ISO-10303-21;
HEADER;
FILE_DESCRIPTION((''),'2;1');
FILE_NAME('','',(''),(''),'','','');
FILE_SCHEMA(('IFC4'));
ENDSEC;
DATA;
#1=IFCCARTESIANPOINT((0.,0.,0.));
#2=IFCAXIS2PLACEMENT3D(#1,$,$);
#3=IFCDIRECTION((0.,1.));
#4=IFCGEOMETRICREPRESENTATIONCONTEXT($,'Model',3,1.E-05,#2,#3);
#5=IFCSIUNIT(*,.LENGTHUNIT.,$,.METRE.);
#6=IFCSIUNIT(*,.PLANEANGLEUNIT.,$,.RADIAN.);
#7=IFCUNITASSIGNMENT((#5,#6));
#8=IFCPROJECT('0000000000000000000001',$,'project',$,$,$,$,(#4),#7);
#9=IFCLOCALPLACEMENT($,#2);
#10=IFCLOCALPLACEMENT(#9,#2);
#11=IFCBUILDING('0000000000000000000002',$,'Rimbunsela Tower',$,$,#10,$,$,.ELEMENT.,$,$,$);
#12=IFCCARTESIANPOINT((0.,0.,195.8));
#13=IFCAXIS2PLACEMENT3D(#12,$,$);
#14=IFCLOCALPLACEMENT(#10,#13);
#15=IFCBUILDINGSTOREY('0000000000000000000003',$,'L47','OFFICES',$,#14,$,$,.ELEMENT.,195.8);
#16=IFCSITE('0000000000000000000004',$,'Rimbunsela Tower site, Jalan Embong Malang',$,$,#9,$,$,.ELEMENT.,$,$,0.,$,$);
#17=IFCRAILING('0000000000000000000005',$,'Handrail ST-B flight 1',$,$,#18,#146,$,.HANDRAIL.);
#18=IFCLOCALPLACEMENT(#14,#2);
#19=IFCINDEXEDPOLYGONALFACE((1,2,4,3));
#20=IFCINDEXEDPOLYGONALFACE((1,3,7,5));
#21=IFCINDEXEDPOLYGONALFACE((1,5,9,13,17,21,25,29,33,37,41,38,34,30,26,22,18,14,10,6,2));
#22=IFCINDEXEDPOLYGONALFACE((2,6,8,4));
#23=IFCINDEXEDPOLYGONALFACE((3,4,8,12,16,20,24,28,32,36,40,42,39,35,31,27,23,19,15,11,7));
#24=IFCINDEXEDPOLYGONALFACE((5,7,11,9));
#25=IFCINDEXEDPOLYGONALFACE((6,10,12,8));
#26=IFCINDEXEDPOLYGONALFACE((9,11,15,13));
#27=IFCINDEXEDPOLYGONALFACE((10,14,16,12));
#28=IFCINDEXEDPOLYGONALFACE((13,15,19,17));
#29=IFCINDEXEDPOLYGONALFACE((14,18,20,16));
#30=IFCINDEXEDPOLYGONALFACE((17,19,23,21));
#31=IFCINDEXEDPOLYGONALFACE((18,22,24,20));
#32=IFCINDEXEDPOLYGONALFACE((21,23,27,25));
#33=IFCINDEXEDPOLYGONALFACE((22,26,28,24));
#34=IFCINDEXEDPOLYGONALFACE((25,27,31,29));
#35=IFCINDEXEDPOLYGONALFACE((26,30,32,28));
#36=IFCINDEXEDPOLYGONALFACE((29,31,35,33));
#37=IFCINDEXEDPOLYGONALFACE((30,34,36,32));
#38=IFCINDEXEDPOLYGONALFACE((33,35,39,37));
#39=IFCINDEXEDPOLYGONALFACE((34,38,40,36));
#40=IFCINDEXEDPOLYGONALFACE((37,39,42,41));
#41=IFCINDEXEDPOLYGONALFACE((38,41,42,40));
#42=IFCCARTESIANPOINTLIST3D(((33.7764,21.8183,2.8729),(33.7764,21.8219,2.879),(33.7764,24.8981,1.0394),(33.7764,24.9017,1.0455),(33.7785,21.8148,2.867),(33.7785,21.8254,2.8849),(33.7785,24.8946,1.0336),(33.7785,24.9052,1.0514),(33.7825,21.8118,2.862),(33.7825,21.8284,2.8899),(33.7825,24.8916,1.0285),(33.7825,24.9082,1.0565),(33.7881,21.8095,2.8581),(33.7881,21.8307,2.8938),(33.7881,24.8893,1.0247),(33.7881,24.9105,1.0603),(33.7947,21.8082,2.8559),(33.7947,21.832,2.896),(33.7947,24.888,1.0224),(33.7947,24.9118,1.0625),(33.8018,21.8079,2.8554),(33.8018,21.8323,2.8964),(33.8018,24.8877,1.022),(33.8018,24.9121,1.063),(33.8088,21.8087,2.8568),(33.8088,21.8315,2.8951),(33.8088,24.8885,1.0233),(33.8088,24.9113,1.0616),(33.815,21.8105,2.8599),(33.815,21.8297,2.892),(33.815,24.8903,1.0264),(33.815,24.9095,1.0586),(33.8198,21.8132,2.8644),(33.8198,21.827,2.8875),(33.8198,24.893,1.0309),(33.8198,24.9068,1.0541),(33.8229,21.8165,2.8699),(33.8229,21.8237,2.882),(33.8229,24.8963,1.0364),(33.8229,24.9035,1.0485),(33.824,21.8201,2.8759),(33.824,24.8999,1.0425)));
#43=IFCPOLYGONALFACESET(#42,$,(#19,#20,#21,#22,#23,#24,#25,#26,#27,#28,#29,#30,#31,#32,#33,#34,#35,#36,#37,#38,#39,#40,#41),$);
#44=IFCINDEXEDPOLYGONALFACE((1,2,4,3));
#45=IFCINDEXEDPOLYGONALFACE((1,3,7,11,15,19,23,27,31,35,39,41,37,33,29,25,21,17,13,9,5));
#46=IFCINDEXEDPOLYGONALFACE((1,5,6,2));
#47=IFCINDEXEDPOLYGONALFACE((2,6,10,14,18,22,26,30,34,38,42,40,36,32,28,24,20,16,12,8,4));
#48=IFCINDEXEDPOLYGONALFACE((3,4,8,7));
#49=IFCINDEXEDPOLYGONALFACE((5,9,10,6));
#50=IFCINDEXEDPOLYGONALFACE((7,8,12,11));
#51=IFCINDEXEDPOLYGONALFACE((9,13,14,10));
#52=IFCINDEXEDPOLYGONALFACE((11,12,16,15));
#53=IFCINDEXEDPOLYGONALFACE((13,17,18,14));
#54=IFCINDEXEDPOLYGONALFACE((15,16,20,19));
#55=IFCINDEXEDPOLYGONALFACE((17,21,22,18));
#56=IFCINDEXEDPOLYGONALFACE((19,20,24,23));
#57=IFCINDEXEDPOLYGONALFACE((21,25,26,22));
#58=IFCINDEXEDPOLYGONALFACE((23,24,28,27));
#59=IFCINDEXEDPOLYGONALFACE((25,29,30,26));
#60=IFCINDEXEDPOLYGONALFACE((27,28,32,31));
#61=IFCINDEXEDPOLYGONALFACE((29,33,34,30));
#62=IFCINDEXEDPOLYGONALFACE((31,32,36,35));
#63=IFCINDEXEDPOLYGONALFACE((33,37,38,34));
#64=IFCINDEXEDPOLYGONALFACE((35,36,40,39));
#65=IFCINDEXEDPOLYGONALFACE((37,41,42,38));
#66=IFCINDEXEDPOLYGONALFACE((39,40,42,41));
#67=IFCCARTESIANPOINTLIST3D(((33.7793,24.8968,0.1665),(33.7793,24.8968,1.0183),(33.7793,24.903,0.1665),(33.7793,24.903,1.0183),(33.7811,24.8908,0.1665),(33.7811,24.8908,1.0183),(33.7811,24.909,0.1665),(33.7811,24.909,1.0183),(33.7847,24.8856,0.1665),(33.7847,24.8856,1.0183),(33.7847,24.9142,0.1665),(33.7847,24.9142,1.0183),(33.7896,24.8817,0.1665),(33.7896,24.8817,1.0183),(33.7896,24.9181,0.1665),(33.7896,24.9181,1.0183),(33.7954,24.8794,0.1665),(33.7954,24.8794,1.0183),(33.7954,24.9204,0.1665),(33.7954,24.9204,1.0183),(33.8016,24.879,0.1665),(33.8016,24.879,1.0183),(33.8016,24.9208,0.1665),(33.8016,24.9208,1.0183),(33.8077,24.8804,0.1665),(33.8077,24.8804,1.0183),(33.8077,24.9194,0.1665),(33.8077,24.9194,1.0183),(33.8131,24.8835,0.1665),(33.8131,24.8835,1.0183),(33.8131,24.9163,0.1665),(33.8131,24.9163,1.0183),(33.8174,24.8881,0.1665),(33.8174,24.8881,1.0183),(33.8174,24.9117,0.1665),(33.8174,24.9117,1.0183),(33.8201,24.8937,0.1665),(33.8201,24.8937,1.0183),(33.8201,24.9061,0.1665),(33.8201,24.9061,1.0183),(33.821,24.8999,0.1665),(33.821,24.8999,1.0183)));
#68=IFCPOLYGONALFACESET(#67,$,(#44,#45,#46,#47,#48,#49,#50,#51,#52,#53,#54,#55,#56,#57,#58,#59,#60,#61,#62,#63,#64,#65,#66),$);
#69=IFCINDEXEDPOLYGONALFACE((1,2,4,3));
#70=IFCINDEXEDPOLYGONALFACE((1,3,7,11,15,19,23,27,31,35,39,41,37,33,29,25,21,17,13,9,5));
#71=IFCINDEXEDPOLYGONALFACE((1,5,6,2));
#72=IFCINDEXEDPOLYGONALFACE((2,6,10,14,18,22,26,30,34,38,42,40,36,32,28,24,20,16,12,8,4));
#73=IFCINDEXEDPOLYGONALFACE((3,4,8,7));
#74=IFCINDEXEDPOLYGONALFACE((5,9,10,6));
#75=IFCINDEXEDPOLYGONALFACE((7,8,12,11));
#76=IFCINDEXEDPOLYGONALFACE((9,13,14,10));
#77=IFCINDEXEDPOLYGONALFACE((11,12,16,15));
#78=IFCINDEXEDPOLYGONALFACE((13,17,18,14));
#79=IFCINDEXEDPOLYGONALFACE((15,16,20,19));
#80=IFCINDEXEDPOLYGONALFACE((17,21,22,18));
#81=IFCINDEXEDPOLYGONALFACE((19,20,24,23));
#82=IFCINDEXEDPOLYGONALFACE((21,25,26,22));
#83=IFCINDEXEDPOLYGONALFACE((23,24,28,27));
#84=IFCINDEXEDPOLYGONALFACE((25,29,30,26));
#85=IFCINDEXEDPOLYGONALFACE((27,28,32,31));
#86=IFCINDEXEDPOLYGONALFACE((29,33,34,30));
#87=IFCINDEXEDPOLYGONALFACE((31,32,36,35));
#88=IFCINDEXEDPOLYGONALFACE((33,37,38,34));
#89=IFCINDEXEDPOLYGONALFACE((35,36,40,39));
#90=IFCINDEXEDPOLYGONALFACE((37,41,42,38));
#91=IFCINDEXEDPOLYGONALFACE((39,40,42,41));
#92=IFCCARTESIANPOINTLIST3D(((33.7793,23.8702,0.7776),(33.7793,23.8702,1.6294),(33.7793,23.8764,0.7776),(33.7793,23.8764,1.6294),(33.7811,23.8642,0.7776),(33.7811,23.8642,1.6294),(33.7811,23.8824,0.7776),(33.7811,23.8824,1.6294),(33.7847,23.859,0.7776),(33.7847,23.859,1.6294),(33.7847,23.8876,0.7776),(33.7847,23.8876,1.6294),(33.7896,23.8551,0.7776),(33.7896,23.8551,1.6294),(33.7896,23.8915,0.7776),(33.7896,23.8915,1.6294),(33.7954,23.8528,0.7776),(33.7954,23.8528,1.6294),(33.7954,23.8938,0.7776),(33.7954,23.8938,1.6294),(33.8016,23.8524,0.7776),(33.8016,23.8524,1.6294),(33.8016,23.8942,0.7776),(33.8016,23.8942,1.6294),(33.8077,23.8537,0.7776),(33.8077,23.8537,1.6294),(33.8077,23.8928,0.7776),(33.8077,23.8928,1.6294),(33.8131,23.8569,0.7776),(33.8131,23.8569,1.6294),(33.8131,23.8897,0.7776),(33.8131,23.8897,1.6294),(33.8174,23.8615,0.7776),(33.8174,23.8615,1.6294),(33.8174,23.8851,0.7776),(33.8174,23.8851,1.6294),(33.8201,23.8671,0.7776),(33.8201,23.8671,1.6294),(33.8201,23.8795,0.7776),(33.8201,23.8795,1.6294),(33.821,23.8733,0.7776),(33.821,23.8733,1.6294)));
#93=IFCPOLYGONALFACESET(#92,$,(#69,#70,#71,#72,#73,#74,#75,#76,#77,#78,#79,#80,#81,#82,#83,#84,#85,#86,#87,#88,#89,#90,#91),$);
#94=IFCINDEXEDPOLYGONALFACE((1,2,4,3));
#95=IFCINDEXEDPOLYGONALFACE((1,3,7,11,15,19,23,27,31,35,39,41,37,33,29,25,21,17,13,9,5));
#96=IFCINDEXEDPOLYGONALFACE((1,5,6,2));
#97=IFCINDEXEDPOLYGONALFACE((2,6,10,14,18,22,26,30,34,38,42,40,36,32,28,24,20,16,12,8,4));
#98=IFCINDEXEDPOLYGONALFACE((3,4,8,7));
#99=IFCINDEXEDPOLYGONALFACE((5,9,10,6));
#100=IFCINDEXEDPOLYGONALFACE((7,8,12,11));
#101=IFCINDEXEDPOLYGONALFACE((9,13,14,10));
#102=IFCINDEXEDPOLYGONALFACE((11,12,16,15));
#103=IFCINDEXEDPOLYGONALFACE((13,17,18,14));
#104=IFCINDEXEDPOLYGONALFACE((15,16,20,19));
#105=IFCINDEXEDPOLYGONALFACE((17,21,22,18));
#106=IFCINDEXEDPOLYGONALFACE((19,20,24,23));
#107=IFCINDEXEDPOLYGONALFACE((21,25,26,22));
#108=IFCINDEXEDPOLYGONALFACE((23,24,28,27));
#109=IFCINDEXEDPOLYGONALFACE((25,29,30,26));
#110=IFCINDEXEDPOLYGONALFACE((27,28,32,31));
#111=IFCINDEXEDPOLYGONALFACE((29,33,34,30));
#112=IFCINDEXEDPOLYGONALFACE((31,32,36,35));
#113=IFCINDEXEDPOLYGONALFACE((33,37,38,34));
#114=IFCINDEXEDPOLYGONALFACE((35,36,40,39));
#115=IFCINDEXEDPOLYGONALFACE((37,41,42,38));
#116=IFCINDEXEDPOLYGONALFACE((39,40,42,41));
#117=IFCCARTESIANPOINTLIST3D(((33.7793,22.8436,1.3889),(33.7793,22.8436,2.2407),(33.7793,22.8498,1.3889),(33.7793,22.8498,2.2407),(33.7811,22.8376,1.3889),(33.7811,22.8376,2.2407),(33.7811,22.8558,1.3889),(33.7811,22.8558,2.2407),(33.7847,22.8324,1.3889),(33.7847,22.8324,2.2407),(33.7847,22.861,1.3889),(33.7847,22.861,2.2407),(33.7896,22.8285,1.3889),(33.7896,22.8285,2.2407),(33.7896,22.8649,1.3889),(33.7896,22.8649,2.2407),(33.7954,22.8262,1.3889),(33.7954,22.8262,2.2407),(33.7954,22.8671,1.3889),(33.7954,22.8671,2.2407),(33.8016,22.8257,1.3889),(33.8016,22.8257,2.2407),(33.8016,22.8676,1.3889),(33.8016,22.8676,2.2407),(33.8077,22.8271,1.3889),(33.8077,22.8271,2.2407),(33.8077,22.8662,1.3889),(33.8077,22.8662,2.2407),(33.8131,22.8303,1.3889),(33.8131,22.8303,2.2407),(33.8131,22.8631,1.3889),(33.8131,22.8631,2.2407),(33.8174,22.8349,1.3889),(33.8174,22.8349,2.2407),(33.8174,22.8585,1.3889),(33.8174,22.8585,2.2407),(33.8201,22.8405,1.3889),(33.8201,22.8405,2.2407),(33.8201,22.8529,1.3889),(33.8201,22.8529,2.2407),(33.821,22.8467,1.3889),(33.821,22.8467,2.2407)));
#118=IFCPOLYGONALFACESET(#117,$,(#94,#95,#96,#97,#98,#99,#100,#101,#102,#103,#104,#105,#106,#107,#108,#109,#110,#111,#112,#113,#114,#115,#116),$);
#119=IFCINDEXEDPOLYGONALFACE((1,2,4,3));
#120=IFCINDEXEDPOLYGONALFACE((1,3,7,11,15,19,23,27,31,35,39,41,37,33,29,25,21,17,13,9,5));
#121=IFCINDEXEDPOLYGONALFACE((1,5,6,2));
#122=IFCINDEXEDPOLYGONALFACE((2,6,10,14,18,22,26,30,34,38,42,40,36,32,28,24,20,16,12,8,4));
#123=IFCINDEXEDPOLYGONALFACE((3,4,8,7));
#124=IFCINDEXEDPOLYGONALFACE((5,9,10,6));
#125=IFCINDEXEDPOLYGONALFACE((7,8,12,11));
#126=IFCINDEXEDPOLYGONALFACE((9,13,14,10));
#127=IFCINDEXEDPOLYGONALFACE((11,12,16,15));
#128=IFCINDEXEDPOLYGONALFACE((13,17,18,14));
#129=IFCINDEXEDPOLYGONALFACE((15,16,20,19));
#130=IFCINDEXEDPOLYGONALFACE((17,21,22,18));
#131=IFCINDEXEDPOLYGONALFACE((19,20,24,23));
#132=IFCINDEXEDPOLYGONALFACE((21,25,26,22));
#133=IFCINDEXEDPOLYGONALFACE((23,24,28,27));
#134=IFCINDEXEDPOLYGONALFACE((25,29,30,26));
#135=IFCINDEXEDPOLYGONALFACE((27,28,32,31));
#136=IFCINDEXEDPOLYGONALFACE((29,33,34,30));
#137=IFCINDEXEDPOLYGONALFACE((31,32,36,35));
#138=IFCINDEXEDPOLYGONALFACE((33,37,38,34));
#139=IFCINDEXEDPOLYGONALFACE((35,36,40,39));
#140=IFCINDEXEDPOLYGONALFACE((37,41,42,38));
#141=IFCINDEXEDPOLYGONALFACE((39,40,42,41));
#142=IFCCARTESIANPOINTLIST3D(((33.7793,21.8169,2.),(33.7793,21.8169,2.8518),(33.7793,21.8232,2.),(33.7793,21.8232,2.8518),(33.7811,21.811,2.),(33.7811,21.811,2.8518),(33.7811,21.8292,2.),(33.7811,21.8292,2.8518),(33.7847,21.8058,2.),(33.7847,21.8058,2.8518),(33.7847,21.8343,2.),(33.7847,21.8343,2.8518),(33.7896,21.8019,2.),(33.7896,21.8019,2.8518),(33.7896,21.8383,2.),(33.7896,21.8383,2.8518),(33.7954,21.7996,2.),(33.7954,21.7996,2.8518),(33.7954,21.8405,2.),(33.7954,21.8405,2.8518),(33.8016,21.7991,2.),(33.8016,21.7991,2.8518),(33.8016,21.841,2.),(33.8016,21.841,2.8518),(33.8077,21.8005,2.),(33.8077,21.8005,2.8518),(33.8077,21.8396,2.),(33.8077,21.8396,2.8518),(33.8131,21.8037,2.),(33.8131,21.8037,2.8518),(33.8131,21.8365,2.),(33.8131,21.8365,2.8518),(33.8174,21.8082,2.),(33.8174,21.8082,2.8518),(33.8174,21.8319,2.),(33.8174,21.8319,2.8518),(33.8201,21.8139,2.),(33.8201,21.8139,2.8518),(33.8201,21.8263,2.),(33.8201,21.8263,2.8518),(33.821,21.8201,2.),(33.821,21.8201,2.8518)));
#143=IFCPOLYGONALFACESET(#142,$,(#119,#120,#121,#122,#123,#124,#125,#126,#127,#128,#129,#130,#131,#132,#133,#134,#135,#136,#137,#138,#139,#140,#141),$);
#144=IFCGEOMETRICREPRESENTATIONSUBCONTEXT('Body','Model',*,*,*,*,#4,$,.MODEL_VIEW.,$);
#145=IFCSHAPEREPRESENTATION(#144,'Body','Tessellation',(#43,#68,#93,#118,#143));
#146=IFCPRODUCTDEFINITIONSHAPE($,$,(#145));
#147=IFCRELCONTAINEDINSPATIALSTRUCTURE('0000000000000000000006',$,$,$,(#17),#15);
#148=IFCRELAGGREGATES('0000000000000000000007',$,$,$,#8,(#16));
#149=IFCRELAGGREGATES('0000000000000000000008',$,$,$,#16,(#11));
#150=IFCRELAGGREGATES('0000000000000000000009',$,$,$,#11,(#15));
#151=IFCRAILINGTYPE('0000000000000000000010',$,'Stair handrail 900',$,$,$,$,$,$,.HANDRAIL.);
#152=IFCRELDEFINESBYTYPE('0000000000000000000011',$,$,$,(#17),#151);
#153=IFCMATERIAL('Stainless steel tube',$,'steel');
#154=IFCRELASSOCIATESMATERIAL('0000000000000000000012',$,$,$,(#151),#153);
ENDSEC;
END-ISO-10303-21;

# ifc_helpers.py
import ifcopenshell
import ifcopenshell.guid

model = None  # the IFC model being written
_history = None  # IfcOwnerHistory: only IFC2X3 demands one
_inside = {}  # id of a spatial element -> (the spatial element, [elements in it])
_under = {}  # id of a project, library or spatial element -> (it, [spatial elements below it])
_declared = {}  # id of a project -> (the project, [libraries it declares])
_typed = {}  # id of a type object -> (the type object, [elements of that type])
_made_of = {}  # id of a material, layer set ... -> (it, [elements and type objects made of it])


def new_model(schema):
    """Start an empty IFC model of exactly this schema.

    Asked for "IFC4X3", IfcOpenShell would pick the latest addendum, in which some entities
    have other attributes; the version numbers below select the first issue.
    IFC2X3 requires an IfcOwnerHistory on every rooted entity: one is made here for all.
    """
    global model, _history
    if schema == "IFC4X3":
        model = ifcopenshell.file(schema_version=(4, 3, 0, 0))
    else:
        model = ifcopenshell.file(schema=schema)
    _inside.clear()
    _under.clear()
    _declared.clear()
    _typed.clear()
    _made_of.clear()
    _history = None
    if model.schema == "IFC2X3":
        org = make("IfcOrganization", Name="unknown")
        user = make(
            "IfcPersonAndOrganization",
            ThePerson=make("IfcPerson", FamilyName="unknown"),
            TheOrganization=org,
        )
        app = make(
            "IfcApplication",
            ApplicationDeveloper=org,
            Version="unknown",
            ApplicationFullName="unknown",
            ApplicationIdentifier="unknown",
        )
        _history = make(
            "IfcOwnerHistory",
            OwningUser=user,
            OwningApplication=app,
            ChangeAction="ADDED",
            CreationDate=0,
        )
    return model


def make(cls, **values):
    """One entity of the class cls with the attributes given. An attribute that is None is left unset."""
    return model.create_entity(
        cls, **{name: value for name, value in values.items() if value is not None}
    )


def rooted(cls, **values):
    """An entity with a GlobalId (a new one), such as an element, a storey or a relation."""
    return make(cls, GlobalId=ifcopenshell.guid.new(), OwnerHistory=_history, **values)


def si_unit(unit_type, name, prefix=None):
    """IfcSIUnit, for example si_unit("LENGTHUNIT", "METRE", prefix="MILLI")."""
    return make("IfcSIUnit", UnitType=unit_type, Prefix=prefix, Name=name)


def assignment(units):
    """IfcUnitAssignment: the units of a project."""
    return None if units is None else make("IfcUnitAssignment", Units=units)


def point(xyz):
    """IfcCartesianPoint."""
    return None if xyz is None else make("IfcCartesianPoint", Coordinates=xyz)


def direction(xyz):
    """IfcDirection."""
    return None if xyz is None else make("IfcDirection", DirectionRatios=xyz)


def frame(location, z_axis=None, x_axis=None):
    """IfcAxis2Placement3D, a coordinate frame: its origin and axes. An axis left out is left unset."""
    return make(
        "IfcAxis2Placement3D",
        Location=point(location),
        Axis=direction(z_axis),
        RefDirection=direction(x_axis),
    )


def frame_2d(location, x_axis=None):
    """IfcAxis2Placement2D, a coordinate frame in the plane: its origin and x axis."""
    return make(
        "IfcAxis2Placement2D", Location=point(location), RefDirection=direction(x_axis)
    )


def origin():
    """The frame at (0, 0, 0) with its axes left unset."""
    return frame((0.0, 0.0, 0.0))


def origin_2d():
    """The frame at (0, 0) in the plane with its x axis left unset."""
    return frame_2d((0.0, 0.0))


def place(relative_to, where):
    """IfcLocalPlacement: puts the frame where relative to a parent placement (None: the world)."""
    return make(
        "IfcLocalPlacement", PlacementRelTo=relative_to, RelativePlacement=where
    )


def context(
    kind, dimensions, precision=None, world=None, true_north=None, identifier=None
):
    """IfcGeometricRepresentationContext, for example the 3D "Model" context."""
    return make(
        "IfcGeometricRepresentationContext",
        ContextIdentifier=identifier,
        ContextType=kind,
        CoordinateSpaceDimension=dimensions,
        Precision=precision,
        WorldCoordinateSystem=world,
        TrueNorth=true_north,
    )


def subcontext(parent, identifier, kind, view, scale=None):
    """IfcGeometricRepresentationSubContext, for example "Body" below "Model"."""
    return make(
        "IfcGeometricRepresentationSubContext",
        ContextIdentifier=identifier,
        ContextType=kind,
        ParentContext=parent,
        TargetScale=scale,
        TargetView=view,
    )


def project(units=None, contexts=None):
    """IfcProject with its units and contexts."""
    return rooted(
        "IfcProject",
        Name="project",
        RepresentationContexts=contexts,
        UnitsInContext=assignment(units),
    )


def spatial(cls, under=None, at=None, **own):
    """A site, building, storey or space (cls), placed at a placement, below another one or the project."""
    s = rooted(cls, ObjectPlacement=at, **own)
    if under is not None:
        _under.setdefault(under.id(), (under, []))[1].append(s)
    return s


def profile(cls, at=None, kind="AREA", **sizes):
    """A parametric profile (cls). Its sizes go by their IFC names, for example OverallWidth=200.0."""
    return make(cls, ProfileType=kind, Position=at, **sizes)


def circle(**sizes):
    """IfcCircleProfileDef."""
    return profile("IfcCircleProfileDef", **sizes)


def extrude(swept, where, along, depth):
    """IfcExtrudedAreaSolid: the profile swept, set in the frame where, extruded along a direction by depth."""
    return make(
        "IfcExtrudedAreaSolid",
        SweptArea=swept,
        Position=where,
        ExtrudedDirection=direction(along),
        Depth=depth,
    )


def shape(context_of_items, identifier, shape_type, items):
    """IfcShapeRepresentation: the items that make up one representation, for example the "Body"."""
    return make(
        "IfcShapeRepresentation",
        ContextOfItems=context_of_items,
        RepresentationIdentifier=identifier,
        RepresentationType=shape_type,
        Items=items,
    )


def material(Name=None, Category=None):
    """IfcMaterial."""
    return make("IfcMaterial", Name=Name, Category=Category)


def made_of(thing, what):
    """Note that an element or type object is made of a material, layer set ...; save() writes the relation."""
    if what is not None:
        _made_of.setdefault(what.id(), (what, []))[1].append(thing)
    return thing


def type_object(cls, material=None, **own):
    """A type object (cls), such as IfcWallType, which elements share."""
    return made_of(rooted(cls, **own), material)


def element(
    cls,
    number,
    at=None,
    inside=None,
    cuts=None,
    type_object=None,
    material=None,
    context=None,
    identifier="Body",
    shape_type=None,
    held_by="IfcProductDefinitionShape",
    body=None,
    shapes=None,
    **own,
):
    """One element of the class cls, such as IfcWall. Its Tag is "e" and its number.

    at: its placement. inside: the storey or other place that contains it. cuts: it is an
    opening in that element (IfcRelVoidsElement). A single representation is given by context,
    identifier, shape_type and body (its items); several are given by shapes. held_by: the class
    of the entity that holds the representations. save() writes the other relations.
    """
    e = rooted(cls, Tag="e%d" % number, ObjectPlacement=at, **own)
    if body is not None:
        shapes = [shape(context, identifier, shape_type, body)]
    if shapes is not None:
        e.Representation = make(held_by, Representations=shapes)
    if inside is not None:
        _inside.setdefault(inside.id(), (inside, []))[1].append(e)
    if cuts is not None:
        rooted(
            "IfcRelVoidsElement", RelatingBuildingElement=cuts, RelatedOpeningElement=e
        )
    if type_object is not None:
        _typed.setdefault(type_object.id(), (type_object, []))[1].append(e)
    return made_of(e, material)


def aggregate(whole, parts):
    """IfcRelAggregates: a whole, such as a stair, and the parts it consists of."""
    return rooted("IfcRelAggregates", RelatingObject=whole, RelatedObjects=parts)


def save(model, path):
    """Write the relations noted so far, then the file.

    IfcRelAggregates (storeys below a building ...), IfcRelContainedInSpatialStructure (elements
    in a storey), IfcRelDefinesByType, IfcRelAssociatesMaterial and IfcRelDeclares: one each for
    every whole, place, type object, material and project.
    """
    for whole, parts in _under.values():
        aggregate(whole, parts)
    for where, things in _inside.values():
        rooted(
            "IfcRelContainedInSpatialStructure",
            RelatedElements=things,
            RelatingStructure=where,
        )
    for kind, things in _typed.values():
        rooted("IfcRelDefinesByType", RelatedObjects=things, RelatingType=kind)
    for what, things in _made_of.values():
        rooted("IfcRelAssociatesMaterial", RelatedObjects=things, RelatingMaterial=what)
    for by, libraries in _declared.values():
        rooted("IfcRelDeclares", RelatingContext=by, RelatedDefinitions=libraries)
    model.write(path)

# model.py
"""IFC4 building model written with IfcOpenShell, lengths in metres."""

from ifc_helpers import new_model, si_unit, direction, frame, origin, origin_2d, place, context, subcontext, project, spatial, circle, extrude, material, type_object, element, save


model = new_model("IFC4")

# Units and contexts
model_context = context("Model", 3, precision=1e-05, world=origin(), true_north=direction((0.0, 1.0)))
body_context = subcontext(model_context, "Body", "Model", "MODEL_VIEW")
ifc_project = project(units=[si_unit("LENGTHUNIT", "METRE"), si_unit("PLANEANGLEUNIT", "RADIAN")], contexts=[model_context])

# Site, building, storey
site_placement = place(None, origin())
site = spatial("IfcSite", under=ifc_project, at=site_placement, Name="Rimbunsela Tower site, Jalan Embong Malang", CompositionType="ELEMENT", RefElevation=0.0)
building_placement = place(site_placement, origin())
building = spatial("IfcBuilding", under=site, at=building_placement, Name="Rimbunsela Tower", CompositionType="ELEMENT")
storey_placement = place(building_placement, frame((0.0, 0.0, 195.8)))
storey = spatial("IfcBuildingStorey", under=building, at=storey_placement, Name="L47", Description="OFFICES", CompositionType="ELEMENT", Elevation=195.8)

# Railing
ifc_material_1 = material(Name="Stainless steel tube", Category="steel")
railing_type = type_object("IfcRailingType", Name="Stair handrail 900", PredefinedType="HANDRAIL", material=ifc_material_1)
railing_placement = place(storey_placement, frame((33.8, 24.8999, 0.1665)))
element("IfcRailing", 1, at=railing_placement, inside=storey, type_object=railing_type, Name="Handrail ST-B flight 1", PredefinedType="HANDRAIL", context=body_context, shape_type="SweptSolid", body=[
    extrude(circle(Radius=0.0239, at=origin_2d()), frame((0.0, 0.0, 0.876), z_axis=(0.0, -0.859261, 0.511538), x_axis=(1.0, 0.0, 0.0)), (0.0, 0.0, 1.0), 3.5842),
    extrude(circle(Radius=0.021, at=origin_2d()), origin(), (0.0, 0.0, 1.0), 0.8518),
    extrude(circle(Radius=0.021, at=origin_2d()), frame((0.0, -1.0266, 0.6111)), (0.0, 0.0, 1.0), 0.8518),
    extrude(circle(Radius=0.021, at=origin_2d()), frame((0.0, -2.0532, 1.2224)), (0.0, 0.0, 1.0), 0.8518),
    extrude(circle(Radius=0.021, at=origin_2d()), frame((0.0, -3.0798, 1.8335)), (0.0, 0.0, 1.0), 0.8518),
])

save(model, "model.ifc")
